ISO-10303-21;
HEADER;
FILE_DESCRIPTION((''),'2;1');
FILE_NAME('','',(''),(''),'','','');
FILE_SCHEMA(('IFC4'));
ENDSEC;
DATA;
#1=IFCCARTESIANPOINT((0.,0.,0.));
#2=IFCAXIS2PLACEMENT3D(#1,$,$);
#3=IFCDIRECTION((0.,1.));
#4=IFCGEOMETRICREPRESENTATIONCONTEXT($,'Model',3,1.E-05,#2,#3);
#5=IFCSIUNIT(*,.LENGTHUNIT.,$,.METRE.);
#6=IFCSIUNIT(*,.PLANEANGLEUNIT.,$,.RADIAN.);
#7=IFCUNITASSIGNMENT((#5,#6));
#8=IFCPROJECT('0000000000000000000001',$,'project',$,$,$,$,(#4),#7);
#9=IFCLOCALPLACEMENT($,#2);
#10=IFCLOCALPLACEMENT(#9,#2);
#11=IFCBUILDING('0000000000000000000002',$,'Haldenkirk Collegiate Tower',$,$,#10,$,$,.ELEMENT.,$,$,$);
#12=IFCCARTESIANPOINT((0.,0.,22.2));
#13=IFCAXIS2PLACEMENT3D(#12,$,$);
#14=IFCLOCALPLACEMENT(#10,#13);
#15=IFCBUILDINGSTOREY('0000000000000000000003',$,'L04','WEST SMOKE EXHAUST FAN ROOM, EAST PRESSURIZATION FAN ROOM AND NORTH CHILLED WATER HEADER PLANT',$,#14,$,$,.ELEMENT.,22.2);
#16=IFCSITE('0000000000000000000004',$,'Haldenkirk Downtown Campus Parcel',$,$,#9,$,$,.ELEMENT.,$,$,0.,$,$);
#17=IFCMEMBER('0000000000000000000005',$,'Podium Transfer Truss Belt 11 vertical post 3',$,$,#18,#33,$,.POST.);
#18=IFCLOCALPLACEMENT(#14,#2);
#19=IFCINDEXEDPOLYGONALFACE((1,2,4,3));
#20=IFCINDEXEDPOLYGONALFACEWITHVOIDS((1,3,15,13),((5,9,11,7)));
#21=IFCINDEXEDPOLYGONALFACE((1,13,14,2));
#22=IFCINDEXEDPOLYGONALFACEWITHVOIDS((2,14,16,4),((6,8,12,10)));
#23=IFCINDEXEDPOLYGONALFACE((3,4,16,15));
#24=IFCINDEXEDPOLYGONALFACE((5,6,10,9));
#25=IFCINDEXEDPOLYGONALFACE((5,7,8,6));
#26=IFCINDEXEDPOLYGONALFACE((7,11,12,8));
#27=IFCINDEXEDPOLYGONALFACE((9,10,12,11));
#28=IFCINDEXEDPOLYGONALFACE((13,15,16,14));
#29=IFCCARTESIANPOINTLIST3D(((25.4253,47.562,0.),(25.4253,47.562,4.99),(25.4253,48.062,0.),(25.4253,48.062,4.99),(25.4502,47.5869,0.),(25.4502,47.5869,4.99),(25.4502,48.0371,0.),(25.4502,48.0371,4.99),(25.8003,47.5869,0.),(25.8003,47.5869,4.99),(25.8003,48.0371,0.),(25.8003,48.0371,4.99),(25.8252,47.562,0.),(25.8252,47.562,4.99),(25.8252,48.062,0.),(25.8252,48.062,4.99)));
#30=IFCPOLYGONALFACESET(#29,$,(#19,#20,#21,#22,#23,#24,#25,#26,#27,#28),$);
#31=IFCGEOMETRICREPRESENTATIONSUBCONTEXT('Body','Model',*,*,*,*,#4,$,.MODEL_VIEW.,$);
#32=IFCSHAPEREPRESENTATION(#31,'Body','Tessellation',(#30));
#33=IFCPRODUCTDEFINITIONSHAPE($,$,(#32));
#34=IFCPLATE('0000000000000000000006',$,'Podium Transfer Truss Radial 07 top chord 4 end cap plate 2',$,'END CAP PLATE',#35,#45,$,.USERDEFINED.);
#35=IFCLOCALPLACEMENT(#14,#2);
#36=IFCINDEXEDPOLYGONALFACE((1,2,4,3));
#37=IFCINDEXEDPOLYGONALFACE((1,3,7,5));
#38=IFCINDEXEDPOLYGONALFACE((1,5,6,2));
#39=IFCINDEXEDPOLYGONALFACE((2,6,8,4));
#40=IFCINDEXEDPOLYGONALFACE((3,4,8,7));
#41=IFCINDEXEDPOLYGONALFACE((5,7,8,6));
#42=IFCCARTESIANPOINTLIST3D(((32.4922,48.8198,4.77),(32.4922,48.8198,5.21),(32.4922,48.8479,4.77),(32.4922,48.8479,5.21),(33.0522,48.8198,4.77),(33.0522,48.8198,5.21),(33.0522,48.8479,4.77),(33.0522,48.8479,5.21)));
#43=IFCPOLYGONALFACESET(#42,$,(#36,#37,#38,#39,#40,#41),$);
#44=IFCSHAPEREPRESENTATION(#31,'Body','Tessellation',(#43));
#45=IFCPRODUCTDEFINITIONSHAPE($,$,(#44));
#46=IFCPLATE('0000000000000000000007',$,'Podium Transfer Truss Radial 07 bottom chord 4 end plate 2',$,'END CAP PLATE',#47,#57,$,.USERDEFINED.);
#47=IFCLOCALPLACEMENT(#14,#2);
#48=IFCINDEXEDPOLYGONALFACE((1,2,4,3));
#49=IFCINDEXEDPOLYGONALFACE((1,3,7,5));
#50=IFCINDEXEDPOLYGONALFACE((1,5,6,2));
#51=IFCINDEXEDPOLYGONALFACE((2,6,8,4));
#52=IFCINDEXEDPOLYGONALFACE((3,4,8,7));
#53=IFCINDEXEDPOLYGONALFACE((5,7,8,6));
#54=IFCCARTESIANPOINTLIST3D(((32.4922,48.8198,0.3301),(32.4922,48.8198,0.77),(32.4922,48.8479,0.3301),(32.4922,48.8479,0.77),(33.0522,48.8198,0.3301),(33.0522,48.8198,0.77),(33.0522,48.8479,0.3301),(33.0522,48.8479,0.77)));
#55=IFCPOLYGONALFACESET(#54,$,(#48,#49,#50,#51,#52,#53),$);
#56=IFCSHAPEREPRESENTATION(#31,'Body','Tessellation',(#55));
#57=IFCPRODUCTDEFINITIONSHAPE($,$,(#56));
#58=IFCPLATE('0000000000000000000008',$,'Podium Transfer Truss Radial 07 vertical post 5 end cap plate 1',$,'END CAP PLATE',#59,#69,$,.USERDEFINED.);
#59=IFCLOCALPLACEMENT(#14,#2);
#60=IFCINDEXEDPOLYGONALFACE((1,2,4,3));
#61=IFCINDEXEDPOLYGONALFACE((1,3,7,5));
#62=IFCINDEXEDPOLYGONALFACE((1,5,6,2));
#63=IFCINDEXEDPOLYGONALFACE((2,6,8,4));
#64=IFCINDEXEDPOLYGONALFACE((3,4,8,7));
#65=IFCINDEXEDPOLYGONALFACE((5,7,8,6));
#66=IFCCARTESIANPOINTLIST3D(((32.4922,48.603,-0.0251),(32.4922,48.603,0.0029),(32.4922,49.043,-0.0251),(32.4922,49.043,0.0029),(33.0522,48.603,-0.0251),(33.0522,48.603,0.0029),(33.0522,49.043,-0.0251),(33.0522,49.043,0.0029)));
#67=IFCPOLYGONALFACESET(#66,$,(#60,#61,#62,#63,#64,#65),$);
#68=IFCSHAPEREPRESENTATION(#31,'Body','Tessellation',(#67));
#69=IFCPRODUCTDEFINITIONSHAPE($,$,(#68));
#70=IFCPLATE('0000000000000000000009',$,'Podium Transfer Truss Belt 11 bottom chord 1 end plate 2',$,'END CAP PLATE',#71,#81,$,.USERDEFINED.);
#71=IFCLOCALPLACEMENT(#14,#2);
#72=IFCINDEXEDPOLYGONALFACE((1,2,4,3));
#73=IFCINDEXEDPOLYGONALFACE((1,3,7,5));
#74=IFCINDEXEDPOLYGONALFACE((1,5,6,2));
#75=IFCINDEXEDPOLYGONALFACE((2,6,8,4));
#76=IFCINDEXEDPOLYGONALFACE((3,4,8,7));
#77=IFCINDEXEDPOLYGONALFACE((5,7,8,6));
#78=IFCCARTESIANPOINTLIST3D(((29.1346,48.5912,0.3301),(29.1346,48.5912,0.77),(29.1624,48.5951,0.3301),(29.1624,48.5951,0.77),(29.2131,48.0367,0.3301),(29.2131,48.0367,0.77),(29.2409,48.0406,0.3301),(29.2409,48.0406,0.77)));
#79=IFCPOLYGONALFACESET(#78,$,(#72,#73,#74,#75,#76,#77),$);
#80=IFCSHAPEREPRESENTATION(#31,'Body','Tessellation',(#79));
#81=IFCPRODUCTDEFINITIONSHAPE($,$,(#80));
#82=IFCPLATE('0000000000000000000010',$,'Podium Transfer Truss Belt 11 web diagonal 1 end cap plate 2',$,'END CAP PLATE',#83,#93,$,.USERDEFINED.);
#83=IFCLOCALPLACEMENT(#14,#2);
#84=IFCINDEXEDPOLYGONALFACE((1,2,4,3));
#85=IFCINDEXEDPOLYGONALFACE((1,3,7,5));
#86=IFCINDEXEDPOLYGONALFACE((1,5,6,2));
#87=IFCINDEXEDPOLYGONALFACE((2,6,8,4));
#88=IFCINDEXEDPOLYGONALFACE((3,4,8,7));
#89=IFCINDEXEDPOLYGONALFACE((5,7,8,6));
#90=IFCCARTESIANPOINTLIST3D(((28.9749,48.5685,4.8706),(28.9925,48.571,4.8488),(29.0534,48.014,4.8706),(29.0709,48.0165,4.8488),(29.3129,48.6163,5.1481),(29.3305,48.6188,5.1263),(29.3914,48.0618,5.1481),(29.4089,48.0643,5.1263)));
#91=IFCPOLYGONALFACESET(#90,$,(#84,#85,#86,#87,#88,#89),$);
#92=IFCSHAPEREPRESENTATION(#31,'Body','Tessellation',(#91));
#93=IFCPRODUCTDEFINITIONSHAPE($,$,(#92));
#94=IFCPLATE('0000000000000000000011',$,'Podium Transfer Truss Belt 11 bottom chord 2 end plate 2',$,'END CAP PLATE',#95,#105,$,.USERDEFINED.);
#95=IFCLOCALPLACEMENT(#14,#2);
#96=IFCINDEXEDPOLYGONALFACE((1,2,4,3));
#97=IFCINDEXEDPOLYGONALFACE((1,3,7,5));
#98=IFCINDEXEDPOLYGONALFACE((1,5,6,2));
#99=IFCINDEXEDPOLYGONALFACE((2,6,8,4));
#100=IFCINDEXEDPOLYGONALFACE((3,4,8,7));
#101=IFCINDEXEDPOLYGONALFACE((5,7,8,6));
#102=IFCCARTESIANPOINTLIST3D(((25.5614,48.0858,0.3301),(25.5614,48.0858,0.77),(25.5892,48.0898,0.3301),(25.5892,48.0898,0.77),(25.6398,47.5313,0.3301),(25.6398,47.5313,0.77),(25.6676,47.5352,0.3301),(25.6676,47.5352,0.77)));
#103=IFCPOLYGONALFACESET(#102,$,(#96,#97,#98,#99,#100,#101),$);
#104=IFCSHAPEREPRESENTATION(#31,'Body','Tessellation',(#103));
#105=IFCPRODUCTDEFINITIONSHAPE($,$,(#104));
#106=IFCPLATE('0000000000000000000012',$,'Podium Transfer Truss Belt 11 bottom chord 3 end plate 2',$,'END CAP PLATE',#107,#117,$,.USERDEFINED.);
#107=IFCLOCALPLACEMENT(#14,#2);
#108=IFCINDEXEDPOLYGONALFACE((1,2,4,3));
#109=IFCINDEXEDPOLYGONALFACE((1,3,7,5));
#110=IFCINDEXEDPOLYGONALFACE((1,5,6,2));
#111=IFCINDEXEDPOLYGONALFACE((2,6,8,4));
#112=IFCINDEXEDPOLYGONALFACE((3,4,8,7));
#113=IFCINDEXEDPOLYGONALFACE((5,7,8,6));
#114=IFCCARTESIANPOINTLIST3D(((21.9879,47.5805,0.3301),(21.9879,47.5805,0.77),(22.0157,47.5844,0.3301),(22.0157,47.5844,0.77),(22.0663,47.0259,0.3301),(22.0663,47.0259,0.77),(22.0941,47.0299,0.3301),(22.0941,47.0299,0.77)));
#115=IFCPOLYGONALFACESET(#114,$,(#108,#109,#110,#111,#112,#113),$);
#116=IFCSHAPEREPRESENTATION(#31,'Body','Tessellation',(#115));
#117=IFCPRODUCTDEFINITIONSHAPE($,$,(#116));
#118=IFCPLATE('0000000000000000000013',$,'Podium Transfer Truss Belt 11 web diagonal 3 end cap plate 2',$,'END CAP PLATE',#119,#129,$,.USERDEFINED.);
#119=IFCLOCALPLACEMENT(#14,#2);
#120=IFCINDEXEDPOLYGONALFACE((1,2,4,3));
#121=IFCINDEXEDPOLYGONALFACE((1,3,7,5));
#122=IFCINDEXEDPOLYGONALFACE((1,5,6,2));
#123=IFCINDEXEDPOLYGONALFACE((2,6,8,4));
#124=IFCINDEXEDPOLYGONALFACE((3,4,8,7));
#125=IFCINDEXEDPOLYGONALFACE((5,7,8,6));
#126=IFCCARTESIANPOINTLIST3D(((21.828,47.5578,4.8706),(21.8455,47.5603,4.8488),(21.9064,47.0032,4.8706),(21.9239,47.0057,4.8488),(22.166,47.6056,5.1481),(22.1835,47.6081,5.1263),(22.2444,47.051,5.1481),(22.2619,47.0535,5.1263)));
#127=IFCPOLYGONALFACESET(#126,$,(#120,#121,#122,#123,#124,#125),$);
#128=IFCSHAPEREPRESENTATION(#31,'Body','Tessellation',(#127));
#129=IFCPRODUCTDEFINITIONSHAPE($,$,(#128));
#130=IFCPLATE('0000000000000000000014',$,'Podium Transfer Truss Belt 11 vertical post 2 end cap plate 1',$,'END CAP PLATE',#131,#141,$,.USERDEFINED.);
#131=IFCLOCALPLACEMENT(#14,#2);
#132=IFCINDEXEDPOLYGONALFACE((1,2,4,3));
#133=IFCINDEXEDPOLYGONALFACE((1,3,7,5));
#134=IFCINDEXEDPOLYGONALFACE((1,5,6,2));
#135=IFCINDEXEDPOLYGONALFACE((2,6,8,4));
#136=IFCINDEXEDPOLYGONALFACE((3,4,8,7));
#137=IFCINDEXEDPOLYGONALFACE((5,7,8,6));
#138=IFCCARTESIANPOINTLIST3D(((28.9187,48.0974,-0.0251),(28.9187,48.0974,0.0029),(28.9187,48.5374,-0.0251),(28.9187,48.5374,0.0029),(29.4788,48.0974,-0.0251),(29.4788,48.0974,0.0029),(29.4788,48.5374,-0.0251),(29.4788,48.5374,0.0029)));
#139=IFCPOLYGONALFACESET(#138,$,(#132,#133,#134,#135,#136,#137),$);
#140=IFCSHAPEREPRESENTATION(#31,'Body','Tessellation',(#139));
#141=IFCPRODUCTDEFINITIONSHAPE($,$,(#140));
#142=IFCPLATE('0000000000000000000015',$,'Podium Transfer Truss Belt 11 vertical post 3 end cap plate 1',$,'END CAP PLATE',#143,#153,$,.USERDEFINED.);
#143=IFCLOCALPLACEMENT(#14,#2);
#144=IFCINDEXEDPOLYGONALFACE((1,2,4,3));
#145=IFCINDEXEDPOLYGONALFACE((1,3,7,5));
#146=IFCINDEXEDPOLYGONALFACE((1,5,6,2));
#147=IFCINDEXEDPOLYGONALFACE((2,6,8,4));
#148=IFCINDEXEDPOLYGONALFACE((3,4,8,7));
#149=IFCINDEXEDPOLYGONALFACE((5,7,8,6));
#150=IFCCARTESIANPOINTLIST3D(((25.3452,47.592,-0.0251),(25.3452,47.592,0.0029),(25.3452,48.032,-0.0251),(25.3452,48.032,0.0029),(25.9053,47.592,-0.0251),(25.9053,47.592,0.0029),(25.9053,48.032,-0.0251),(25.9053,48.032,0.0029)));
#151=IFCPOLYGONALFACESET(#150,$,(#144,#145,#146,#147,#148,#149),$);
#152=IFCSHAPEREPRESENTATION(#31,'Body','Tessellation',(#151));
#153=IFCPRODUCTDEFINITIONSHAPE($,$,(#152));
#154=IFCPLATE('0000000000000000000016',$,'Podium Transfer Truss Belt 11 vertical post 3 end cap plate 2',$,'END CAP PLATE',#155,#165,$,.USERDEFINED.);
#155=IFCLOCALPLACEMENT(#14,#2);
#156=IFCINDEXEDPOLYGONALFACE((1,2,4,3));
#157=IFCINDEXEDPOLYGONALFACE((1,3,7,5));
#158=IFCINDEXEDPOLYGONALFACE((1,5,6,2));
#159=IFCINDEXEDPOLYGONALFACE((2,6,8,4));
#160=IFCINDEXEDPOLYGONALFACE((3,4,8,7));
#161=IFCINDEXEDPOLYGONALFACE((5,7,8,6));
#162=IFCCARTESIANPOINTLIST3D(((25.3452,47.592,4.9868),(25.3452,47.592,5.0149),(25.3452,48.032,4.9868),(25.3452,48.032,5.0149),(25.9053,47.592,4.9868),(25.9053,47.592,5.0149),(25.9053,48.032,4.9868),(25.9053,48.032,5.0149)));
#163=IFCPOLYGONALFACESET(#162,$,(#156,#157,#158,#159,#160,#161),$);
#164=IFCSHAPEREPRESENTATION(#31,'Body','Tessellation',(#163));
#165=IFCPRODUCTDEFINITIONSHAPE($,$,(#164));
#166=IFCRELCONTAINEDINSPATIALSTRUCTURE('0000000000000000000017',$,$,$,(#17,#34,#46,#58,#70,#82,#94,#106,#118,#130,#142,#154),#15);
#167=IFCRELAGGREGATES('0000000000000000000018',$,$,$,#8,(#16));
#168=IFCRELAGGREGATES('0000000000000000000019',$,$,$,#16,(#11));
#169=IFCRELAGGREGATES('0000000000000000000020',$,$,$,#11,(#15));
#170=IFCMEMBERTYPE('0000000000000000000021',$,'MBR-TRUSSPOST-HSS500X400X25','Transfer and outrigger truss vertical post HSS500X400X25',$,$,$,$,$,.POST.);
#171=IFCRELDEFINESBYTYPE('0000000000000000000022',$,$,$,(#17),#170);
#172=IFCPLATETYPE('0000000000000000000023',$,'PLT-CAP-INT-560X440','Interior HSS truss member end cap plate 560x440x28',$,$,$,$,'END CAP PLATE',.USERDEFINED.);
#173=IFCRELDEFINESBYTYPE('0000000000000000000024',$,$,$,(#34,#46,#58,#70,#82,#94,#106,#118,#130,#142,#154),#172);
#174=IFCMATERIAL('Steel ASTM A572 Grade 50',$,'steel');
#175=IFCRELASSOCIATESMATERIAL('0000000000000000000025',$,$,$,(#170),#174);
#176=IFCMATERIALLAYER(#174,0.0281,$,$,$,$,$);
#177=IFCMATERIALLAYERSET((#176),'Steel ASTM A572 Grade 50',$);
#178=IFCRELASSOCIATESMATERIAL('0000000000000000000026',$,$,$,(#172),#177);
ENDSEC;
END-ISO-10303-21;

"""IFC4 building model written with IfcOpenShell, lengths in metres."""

from ifc_helpers import new_model, si_unit, direction, frame, origin, origin_2d, place, context, subcontext, project, spatial, rectangle, hollow_rectangle, extrude, source, transform, mapped, material, layer, layer_set, material_profile, profile_set, type_object, element, save


model = new_model("IFC4")

# Units and contexts
model_context = context("Model", 3, precision=1e-05, world=origin(), true_north=direction((0.0, 1.0)))
body_context = subcontext(model_context, "Body", "Model", "MODEL_VIEW")
ifc_project = project(units=[si_unit("LENGTHUNIT", "METRE"), si_unit("PLANEANGLEUNIT", "RADIAN")], contexts=[model_context])

# Site, building, storey
site_placement = place(None, origin())
site = spatial("IfcSite", under=ifc_project, at=site_placement, Name="Haldenkirk Downtown Campus Parcel", CompositionType="ELEMENT", RefElevation=0.0)
building_placement = place(site_placement, origin())
building = spatial("IfcBuilding", under=site, at=building_placement, Name="Haldenkirk Collegiate Tower", CompositionType="ELEMENT")
storey_placement = place(building_placement, frame((0.0, 0.0, 22.2)))
storey = spatial("IfcBuildingStorey", under=building, at=storey_placement, Name="L04", Description="WEST SMOKE EXHAUST FAN ROOM, EAST PRESSURIZATION FAN ROOM AND NORTH CHILLED WATER HEADER PLANT", CompositionType="ELEMENT", Elevation=22.2)

# Member
ifc_material_1 = material(Name="Steel ASTM A572 Grade 50", Category="steel")
ifc_material_profile_1 = material_profile(ifc_material_1, hollow_rectangle(XDim=0.3999, YDim=0.5, WallThickness=0.0249, at=origin_2d()), Name="HSS500X400X25")
ifc_profile_set_1 = profile_set([ifc_material_profile_1], Name="Steel ASTM A572 Grade 50")
member_type_1 = type_object("IfcMemberType", Name="MBR-TRUSSPOST-HSS500X400X25", Description="Transfer and outrigger truss vertical post HSS500X400X25", PredefinedType="POST", material=ifc_profile_set_1)
for number, where, z_axis, x_axis, name in (
    (1, (25.6252, 47.812, 0.0), (0.0, 0.0, 1.0), (1.0, 0.0, 0.0), "Podium Transfer Truss Belt 11 vertical post 3"),
):
    element("IfcMember", number, at=place(storey_placement, frame(where, z_axis=z_axis, x_axis=x_axis)), inside=storey, type_object=member_type_1, Name=name, PredefinedType="POST", context=body_context, shape_type="SweptSolid", body=[
        extrude(hollow_rectangle(XDim=0.3999, YDim=0.5, WallThickness=0.0249, at=origin_2d()), origin(), (0.0, 0.0, 1.0), 4.99),
    ])

# Plates
ifc_layer = layer(ifc_material_1, 0.0281)
ifc_layer_set = layer_set([ifc_layer], Name="Steel ASTM A572 Grade 50")
plate_type = type_object("IfcPlateType", Name="PLT-CAP-INT-560X440", Description="Interior HSS truss member end cap plate 560x440x28", ElementType="END CAP PLATE", PredefinedType="USERDEFINED", material=ifc_layer_set)
shared_shape = source(origin(), body_context, "Body", "SweptSolid", [
    extrude(rectangle(XDim=0.5601, YDim=0.4399, at=origin_2d()), origin(), (0.0, 0.0, 1.0), 0.0281),
])
for number, where, z_axis, x_axis, name in (
    (2, (32.7722, 48.8198, 4.99), (0.0, 1.0, 0.0), (-1.0, 0.0, 0.0), "Podium Transfer Truss Radial 07 top chord 4 end cap plate 2"),
    (3, (32.7722, 48.8198, 0.55), (0.0, 1.0, 0.0), (-1.0, 0.0, 0.0), "Podium Transfer Truss Radial 07 bottom chord 4 end plate 2"),
    (4, (32.7722, 48.823, 0.0029), (0.0, 0.0, -1.0), (1.0, 0.0, 0.0), "Podium Transfer Truss Radial 07 vertical post 5 end cap plate 1"),
    (5, (29.2017, 48.3179, 0.55), (-0.990146, -0.140039, 0.0), (0.140039, -0.990146, 0.0), "Podium Transfer Truss Belt 11 bottom chord 1 end plate 2"),
    (6, (29.2007, 48.3176, 4.9875), (-0.624531, -0.08833, 0.775989), (0.14004, -0.990146, 0.0), "Podium Transfer Truss Belt 11 web diagonal 1 end cap plate 2"),
    (7, (25.6284, 47.8125, 0.55), (-0.990146, -0.140039, 0.0), (0.140039, -0.990146, 0.0), "Podium Transfer Truss Belt 11 bottom chord 2 end plate 2"),
    (8, (22.0549, 47.3071, 0.55), (-0.990146, -0.140039, 0.0), (0.140039, -0.990146, 0.0), "Podium Transfer Truss Belt 11 bottom chord 3 end plate 2"),
    (9, (22.0537, 47.3069, 4.9875), (-0.624542, -0.088329, 0.77598), (0.140036, -0.990146, 0.0), "Podium Transfer Truss Belt 11 web diagonal 3 end cap plate 2"),
    (10, (29.1987, 48.3174, 0.0029), (0.0, 0.0, -1.0), (1.0, 0.0, 0.0), "Podium Transfer Truss Belt 11 vertical post 2 end cap plate 1"),
    (11, (25.6252, 47.812, 0.0029), (0.0, 0.0, -1.0), (1.0, 0.0, 0.0), "Podium Transfer Truss Belt 11 vertical post 3 end cap plate 1"),
    (12, (25.6252, 47.812, 4.9868), (0.0, 0.0, 1.0), (1.0, 0.0, 0.0), "Podium Transfer Truss Belt 11 vertical post 3 end cap plate 2"),
):
    element("IfcPlate", number, at=place(storey_placement, frame(where, z_axis=z_axis, x_axis=x_axis)), inside=storey, type_object=plate_type, Name=name, ObjectType="END CAP PLATE", PredefinedType="USERDEFINED", context=body_context, shape_type="MappedRepresentation", body=[
        mapped(shared_shape, transform((0.0, 0.0, 0.0), x_axis=(1.0, 0.0, 0.0), y_axis=(0.0, 1.0, 0.0), z_axis=(0.0, 0.0, 1.0), scale=1.0)),
    ])

save(model, "model.ifc")
